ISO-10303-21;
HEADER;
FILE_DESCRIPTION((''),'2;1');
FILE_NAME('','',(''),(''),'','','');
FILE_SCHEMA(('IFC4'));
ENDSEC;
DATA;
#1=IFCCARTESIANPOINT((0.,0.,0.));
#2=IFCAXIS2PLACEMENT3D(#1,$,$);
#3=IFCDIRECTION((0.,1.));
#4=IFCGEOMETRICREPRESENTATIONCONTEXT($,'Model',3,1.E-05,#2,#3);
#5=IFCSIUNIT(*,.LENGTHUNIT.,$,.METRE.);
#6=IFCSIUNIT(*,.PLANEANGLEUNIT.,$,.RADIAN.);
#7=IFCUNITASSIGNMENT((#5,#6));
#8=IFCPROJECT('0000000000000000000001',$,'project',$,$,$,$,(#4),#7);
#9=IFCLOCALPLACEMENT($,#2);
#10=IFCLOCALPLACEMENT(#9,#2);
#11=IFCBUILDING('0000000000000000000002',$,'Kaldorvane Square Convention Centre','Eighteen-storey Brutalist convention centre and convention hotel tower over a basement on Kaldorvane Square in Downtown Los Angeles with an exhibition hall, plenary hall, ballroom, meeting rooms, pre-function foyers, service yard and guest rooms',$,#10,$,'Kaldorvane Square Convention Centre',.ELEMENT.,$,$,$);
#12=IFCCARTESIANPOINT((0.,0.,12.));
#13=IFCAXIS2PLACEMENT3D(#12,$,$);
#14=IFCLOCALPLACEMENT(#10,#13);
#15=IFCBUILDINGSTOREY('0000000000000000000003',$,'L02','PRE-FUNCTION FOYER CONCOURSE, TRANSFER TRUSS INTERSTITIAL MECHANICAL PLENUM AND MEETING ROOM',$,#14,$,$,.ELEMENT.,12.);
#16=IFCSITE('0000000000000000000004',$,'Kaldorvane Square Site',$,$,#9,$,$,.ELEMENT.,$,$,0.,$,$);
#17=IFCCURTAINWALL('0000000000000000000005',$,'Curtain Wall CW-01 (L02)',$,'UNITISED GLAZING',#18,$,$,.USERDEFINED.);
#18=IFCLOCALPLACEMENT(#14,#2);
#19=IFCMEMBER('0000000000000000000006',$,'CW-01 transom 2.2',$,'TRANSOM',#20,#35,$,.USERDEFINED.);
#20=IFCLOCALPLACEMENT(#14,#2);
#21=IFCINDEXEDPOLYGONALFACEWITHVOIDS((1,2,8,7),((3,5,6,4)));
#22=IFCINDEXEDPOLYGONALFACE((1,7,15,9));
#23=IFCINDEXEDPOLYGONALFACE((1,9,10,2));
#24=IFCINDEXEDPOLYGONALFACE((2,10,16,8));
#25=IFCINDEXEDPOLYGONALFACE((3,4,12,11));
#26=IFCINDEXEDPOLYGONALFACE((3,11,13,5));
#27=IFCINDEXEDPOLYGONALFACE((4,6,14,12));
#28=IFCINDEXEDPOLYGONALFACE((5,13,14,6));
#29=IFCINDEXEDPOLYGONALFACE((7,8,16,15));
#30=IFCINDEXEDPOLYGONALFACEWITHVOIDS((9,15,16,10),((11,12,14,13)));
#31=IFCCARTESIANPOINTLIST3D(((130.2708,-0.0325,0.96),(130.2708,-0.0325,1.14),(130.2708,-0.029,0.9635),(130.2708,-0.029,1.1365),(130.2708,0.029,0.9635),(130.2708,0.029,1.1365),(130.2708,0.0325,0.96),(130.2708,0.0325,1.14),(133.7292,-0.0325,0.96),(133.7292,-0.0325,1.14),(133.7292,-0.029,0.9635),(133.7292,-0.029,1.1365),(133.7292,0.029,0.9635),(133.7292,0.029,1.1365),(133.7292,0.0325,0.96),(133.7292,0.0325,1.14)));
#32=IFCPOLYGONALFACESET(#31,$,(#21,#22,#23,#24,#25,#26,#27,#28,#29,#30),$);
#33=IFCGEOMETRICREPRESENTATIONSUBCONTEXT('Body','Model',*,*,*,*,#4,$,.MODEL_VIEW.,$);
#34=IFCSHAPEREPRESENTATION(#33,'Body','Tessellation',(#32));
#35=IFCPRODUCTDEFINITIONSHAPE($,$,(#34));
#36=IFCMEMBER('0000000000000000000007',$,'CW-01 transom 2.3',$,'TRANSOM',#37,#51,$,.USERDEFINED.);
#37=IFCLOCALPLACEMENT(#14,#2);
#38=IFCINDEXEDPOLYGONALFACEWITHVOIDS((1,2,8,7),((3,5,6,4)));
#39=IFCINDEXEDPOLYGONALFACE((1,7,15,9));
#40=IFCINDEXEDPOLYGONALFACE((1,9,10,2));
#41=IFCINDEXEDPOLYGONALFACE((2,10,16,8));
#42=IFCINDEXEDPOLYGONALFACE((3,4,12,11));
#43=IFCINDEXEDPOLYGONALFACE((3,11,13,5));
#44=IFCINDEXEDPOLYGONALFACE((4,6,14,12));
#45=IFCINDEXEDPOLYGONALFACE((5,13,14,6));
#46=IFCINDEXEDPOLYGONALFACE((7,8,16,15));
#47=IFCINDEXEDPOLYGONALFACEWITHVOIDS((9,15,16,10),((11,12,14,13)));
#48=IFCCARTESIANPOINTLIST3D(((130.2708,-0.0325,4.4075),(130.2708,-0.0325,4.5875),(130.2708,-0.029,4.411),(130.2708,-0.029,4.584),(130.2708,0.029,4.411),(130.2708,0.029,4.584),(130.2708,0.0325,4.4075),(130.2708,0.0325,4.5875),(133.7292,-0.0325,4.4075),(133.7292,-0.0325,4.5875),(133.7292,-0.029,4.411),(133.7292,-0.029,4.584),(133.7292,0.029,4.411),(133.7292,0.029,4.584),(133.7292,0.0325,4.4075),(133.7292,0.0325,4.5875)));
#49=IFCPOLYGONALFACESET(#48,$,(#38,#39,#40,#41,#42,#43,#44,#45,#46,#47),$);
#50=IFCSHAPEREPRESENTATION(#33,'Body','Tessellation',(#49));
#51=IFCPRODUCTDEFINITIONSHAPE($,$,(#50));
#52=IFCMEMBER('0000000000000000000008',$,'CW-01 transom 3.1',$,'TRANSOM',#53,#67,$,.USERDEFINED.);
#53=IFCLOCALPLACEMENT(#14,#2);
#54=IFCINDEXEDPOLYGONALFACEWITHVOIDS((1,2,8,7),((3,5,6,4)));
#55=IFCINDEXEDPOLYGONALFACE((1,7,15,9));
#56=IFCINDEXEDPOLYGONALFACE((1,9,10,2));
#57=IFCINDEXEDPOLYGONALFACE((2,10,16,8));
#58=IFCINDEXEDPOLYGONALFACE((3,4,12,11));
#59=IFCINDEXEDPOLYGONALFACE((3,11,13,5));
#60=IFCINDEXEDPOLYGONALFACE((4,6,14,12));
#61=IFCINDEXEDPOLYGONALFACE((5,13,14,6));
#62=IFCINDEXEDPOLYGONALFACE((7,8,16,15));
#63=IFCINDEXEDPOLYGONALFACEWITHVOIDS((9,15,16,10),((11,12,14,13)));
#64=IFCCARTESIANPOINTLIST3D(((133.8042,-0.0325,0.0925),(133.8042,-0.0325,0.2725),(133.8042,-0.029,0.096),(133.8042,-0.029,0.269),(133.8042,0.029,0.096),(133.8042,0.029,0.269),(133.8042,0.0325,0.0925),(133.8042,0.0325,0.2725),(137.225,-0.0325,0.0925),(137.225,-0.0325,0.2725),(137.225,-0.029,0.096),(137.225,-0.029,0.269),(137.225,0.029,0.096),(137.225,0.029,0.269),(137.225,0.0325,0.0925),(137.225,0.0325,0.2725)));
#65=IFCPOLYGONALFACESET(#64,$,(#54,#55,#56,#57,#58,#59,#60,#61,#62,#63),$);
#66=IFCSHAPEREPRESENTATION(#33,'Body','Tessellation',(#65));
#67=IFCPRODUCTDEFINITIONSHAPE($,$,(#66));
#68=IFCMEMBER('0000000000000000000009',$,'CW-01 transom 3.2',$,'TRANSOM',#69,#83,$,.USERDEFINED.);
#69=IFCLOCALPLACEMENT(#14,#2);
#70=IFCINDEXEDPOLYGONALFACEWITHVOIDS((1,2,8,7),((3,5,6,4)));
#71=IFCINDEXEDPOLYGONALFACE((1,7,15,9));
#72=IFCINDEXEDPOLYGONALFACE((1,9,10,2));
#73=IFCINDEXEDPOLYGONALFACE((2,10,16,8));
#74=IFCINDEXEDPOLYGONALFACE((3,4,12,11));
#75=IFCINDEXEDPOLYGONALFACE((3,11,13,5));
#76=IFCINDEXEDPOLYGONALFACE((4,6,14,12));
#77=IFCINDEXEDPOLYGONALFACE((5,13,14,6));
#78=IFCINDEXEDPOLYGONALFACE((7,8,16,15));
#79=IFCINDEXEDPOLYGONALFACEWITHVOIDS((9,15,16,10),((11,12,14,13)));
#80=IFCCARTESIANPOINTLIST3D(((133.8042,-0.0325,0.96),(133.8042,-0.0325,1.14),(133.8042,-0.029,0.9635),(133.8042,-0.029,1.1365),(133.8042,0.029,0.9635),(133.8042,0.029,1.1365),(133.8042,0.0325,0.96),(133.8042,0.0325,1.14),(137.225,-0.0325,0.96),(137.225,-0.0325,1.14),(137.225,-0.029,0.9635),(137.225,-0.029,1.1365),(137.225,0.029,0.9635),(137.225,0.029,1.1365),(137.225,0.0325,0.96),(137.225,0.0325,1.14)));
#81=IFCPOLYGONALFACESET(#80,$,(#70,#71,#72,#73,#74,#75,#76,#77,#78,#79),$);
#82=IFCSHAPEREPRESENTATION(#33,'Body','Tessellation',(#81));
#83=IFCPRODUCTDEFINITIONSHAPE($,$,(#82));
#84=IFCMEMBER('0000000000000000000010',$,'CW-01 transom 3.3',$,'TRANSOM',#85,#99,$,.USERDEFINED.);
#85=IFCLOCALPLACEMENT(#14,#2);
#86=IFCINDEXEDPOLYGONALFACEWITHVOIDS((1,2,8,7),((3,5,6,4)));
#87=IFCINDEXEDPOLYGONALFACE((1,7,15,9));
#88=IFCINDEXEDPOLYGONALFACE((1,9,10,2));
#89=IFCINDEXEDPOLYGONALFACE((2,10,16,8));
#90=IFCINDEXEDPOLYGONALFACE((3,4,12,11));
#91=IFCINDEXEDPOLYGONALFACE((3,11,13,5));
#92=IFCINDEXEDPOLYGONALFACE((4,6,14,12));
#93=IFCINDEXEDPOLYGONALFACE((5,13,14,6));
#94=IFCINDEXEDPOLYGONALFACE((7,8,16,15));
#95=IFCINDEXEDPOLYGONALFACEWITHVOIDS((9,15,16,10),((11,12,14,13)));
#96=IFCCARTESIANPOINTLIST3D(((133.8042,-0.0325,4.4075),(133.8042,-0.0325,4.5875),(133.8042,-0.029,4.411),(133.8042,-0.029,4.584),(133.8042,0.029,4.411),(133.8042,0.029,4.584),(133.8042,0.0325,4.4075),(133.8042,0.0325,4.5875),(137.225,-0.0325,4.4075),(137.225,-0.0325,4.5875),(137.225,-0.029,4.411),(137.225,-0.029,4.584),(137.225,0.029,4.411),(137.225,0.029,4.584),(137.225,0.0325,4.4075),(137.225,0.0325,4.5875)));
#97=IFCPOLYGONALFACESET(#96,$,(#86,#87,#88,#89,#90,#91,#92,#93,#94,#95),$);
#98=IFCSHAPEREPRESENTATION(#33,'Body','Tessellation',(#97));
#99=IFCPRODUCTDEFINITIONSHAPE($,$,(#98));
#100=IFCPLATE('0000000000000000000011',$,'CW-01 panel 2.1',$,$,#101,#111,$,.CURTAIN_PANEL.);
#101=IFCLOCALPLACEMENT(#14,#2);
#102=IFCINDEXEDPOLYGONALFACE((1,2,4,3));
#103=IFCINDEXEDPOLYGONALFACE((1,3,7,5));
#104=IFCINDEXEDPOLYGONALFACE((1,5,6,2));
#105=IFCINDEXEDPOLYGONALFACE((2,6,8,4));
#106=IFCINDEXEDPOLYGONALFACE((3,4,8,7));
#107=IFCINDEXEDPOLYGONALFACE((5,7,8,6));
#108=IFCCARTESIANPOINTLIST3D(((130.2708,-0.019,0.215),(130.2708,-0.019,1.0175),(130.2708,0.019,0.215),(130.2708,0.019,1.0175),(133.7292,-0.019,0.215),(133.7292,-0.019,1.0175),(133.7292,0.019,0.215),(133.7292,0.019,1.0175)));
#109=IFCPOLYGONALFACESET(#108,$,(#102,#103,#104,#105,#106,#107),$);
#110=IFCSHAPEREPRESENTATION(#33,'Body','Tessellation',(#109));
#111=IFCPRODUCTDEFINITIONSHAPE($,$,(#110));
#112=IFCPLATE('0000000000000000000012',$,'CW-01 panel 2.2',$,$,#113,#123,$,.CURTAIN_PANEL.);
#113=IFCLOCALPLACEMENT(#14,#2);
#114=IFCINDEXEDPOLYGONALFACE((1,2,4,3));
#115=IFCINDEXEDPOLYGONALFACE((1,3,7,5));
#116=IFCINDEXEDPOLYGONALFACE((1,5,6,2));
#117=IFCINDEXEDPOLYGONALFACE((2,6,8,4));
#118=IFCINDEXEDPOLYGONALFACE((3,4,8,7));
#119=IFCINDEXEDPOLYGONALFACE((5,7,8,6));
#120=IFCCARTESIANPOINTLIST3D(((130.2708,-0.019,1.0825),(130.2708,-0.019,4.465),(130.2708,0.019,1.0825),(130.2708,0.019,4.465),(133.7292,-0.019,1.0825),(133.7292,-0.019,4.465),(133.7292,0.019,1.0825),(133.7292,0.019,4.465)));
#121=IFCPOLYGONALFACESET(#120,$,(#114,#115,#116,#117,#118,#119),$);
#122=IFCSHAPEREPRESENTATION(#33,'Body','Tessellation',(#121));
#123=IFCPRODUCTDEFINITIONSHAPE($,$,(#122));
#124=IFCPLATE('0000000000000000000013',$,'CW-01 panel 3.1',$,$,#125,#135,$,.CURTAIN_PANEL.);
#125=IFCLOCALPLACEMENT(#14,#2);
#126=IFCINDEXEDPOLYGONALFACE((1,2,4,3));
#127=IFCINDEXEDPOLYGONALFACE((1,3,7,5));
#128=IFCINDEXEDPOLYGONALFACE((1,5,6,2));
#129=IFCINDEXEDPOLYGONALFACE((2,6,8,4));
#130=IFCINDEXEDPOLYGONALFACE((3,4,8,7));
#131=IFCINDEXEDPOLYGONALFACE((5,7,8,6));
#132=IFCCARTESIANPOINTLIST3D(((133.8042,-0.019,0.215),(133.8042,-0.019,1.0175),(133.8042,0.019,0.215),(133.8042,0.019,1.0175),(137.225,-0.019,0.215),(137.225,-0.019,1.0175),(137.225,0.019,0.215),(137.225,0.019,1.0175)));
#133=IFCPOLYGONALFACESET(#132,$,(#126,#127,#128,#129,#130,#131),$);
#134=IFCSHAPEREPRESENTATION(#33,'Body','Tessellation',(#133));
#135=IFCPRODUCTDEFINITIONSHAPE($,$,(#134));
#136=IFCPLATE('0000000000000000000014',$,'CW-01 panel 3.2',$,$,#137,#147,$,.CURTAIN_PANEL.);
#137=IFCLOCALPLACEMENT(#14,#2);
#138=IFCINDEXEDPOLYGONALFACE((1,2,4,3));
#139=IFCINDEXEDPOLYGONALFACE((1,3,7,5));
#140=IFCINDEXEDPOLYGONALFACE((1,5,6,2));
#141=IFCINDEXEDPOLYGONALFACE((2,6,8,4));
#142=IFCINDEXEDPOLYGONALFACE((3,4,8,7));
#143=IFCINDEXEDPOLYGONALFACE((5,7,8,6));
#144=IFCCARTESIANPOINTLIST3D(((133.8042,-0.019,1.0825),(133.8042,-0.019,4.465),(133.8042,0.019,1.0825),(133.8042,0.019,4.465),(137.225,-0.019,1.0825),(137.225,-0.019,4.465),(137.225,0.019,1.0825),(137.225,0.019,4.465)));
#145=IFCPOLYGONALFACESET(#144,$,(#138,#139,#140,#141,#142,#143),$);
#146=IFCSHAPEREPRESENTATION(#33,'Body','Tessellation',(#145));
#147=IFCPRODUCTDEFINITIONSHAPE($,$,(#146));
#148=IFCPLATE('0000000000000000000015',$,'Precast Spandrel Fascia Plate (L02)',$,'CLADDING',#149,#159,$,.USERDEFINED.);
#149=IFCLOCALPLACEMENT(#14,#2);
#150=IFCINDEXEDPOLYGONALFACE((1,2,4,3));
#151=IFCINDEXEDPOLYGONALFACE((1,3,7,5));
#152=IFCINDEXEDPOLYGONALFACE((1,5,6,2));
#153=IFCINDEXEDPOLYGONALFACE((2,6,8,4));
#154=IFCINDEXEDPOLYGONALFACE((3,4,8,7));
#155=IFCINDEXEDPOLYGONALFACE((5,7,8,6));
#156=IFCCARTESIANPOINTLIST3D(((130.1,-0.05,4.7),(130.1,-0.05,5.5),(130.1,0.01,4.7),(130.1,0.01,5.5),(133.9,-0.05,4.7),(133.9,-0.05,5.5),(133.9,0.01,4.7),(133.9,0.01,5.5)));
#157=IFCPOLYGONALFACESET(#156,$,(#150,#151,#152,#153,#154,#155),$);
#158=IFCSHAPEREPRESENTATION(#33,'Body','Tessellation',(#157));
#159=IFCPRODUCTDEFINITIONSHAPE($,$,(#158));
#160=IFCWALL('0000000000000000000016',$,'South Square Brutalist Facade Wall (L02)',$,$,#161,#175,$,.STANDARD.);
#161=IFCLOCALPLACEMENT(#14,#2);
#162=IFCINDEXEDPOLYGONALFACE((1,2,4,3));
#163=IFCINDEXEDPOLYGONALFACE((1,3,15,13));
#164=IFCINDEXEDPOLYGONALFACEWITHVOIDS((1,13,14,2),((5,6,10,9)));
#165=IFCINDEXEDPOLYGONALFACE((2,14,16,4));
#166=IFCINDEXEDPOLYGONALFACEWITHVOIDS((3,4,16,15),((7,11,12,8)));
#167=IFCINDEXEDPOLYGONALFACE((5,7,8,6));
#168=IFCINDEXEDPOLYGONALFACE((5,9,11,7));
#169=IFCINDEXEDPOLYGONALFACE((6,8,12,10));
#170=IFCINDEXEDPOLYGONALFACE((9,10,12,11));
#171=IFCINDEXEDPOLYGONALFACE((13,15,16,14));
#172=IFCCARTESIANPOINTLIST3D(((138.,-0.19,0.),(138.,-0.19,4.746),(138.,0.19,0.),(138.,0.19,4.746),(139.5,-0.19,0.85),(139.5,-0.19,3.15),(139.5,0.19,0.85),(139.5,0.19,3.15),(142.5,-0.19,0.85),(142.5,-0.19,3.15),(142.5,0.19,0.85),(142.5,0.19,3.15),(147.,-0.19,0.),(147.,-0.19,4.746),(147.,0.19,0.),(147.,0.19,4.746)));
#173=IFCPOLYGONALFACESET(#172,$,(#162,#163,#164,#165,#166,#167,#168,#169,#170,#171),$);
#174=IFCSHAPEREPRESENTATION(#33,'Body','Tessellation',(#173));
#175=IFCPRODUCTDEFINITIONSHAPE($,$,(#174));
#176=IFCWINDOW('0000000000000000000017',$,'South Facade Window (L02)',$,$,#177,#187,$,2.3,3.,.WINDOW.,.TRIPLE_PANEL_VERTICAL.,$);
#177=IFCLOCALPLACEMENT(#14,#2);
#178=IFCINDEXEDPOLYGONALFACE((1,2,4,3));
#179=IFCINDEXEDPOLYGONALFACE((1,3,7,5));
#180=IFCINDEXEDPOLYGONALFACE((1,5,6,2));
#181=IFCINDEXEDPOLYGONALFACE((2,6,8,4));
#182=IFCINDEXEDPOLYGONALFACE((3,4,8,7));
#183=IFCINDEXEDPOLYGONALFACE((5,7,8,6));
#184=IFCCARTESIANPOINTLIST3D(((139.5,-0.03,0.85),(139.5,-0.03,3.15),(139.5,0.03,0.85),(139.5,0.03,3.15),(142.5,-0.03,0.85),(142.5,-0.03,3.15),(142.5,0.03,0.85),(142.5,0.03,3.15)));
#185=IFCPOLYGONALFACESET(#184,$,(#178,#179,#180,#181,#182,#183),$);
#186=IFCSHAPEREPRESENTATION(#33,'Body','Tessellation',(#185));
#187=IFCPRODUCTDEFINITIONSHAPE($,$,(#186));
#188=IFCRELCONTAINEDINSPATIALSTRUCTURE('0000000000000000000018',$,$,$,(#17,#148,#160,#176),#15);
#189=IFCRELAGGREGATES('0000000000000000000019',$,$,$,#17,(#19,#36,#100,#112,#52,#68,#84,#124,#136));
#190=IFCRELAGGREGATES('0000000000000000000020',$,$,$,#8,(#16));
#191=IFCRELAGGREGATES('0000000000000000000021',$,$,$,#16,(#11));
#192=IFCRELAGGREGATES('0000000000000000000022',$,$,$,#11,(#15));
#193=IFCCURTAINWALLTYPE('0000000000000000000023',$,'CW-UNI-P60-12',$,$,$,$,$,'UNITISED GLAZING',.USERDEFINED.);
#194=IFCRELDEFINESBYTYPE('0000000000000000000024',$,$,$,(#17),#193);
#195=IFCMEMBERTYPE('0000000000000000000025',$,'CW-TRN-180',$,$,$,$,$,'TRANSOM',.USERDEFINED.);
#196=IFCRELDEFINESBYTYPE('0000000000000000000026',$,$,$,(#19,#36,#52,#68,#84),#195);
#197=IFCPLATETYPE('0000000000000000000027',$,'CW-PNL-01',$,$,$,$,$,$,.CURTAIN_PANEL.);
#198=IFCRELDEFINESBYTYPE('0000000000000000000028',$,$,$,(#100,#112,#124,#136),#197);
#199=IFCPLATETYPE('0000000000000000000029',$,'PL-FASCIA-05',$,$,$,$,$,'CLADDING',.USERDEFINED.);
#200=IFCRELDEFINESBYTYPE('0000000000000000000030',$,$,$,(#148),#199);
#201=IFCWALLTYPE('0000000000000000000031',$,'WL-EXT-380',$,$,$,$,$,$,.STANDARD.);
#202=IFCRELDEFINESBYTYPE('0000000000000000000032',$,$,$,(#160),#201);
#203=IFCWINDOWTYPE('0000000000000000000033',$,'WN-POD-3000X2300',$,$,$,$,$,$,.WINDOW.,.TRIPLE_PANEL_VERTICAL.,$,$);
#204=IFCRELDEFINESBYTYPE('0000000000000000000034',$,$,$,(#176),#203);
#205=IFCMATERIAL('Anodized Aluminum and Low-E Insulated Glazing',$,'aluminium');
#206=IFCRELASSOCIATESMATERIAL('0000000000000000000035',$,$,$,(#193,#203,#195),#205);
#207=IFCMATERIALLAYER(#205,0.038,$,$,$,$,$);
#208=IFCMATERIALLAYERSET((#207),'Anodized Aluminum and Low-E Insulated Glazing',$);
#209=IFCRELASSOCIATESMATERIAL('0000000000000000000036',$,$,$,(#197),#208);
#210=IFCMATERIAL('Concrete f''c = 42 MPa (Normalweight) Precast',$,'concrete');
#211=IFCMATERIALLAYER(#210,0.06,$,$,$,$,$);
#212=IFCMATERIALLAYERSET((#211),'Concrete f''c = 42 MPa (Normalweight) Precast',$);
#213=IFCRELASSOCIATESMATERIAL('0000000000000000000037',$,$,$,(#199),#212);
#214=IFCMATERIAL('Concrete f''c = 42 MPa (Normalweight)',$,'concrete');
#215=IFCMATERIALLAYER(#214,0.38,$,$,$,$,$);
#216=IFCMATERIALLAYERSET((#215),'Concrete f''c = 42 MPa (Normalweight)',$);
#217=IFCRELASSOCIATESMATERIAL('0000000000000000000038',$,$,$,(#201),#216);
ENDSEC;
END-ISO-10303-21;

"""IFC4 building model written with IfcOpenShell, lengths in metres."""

from ifc_helpers import new_model, si_unit, direction, frame, frame_2d, origin, origin_2d, place, context, subcontext, project, spatial, rectangle, hollow_rectangle, extrude, material, layer, layer_set, material_profile, profile_set, type_object, element, fill, aggregate, save


model = new_model("IFC4")

# Units and contexts
model_context = context("Model", 3, precision=1e-05, world=origin(), true_north=direction((0.0, 1.0)))
body_context = subcontext(model_context, "Body", "Model", "MODEL_VIEW")
ifc_project = project(units=[si_unit("LENGTHUNIT", "METRE"), si_unit("PLANEANGLEUNIT", "RADIAN")], contexts=[model_context])

# Site, building, storey
site_placement = place(None, origin())
site = spatial("IfcSite", under=ifc_project, at=site_placement, Name="Kaldorvane Square Site", CompositionType="ELEMENT", RefElevation=0.0)
building_placement = place(site_placement, origin())
building = spatial("IfcBuilding", under=site, at=building_placement, Name="Kaldorvane Square Convention Centre", Description="Eighteen-storey Brutalist convention centre and convention hotel tower over a basement on Kaldorvane Square in Downtown Los Angeles with an exhibition hall, plenary hall, ballroom, meeting rooms, pre-function foyers, service yard and guest rooms", LongName="Kaldorvane Square Convention Centre", CompositionType="ELEMENT")
storey_placement = place(building_placement, frame((0.0, 0.0, 12.0)))
storey = spatial("IfcBuildingStorey", under=building, at=storey_placement, Name="L02", Description="PRE-FUNCTION FOYER CONCOURSE, TRANSFER TRUSS INTERSTITIAL MECHANICAL PLENUM AND MEETING ROOM", CompositionType="ELEMENT", Elevation=12.0)

# Shared definitions
ifc_material_1 = material(Name="Concrete f'c = 42 MPa (Normalweight)", Category="concrete")

# Curtain wall, members, plates
ifc_material_2 = material(Name="Anodized Aluminum and Low-E Insulated Glazing", Category="aluminium")
curtain_wall_type = type_object("IfcCurtainWallType", Name="CW-UNI-P60-12", ElementType="UNITISED GLAZING", PredefinedType="USERDEFINED", material=ifc_material_2)
curtain_wall_placement = place(storey_placement, origin())
curtain_wall = element("IfcCurtainWall", 1, at=curtain_wall_placement, inside=storey, type_object=curtain_wall_type, Name="Curtain Wall CW-01 (L02)", ObjectType="UNITISED GLAZING", PredefinedType="USERDEFINED")
ifc_material_profile_1 = material_profile(ifc_material_2, hollow_rectangle(XDim=0.065, YDim=0.18, WallThickness=0.0035, at=origin_2d()), Name="CWT-180X65")
ifc_profile_set_1 = profile_set([ifc_material_profile_1], Name="Anodized Aluminum and Low-E Insulated Glazing")
member_type_1 = type_object("IfcMemberType", Name="CW-TRN-180", ElementType="TRANSOM", PredefinedType="USERDEFINED", material=ifc_profile_set_1)
member_1_placement = place(storey_placement, frame((130.2708, 0.0, 1.05), z_axis=(1.0, 0.0, 0.0), x_axis=(0.0, 1.0, 0.0)))
member_1 = element("IfcMember", 2, at=member_1_placement, type_object=member_type_1, Name="CW-01 transom 2.2", ObjectType="TRANSOM", PredefinedType="USERDEFINED", context=body_context, shape_type="SweptSolid", body=[
    extrude(hollow_rectangle(XDim=0.065, YDim=0.18, WallThickness=0.0035, at=origin_2d()), origin(), (0.0, 0.0, 1.0), 3.4583),
])
member_2_placement = place(storey_placement, frame((130.2708, 0.0, 4.4975), z_axis=(1.0, 0.0, 0.0), x_axis=(0.0, 1.0, 0.0)))
member_2 = element("IfcMember", 3, at=member_2_placement, type_object=member_type_1, Name="CW-01 transom 2.3", ObjectType="TRANSOM", PredefinedType="USERDEFINED", context=body_context, shape_type="SweptSolid", body=[
    extrude(hollow_rectangle(XDim=0.065, YDim=0.18, WallThickness=0.0035, at=origin_2d()), origin(), (0.0, 0.0, 1.0), 3.4583),
])
member_3_placement = place(storey_placement, frame((133.8042, 0.0, 0.1825), z_axis=(1.0, 0.0, 0.0), x_axis=(0.0, 1.0, 0.0)))
member_3 = element("IfcMember", 4, at=member_3_placement, type_object=member_type_1, Name="CW-01 transom 3.1", ObjectType="TRANSOM", PredefinedType="USERDEFINED", context=body_context, shape_type="SweptSolid", body=[
    extrude(hollow_rectangle(XDim=0.065, YDim=0.18, WallThickness=0.0035, at=origin_2d()), origin(), (0.0, 0.0, 1.0), 3.4208),
])
member_4_placement = place(storey_placement, frame((133.8042, 0.0, 1.05), z_axis=(1.0, 0.0, 0.0), x_axis=(0.0, 1.0, 0.0)))
member_4 = element("IfcMember", 5, at=member_4_placement, type_object=member_type_1, Name="CW-01 transom 3.2", ObjectType="TRANSOM", PredefinedType="USERDEFINED", context=body_context, shape_type="SweptSolid", body=[
    extrude(hollow_rectangle(XDim=0.065, YDim=0.18, WallThickness=0.0035, at=origin_2d()), origin(), (0.0, 0.0, 1.0), 3.4208),
])
member_5_placement = place(storey_placement, frame((133.8042, 0.0, 4.4975), z_axis=(1.0, 0.0, 0.0), x_axis=(0.0, 1.0, 0.0)))
member_5 = element("IfcMember", 6, at=member_5_placement, type_object=member_type_1, Name="CW-01 transom 3.3", ObjectType="TRANSOM", PredefinedType="USERDEFINED", context=body_context, shape_type="SweptSolid", body=[
    extrude(hollow_rectangle(XDim=0.065, YDim=0.18, WallThickness=0.0035, at=origin_2d()), origin(), (0.0, 0.0, 1.0), 3.4208),
])
ifc_layer_1 = layer(ifc_material_2, 0.038)
ifc_layer_set_1 = layer_set([ifc_layer_1], Name="Anodized Aluminum and Low-E Insulated Glazing")
plate_type_1 = type_object("IfcPlateType", Name="CW-PNL-01", PredefinedType="CURTAIN_PANEL", material=ifc_layer_set_1)
plate_1_placement = place(storey_placement, frame((132.0, 0.0, 0.215), z_axis=(0.0, 0.0, 1.0), x_axis=(1.0, 0.0, 0.0)))
plate_1 = element("IfcPlate", 7, at=plate_1_placement, type_object=plate_type_1, Name="CW-01 panel 2.1", PredefinedType="CURTAIN_PANEL", context=body_context, shape_type="SweptSolid", body=[
    extrude(rectangle(XDim=3.4583, YDim=0.038, at=origin_2d()), origin(), (0.0, 0.0, 1.0), 0.8025),
])
plate_2_placement = place(storey_placement, frame((132.0, 0.0, 1.0825), z_axis=(0.0, 0.0, 1.0), x_axis=(1.0, 0.0, 0.0)))
plate_2 = element("IfcPlate", 8, at=plate_2_placement, type_object=plate_type_1, Name="CW-01 panel 2.2", PredefinedType="CURTAIN_PANEL", context=body_context, shape_type="SweptSolid", body=[
    extrude(rectangle(XDim=3.4583, YDim=0.038, at=origin_2d()), origin(), (0.0, 0.0, 1.0), 3.3825),
])
plate_3_placement = place(storey_placement, frame((135.5146, 0.0, 0.215), z_axis=(0.0, 0.0, 1.0), x_axis=(1.0, 0.0, 0.0)))
plate_3 = element("IfcPlate", 9, at=plate_3_placement, type_object=plate_type_1, Name="CW-01 panel 3.1", PredefinedType="CURTAIN_PANEL", context=body_context, shape_type="SweptSolid", body=[
    extrude(rectangle(XDim=3.4208, YDim=0.038, at=origin_2d()), origin(), (0.0, 0.0, 1.0), 0.8025),
])
plate_4_placement = place(storey_placement, frame((135.5146, 0.0, 1.0825), z_axis=(0.0, 0.0, 1.0), x_axis=(1.0, 0.0, 0.0)))
plate_4 = element("IfcPlate", 10, at=plate_4_placement, type_object=plate_type_1, Name="CW-01 panel 3.2", PredefinedType="CURTAIN_PANEL", context=body_context, shape_type="SweptSolid", body=[
    extrude(rectangle(XDim=3.4208, YDim=0.038, at=origin_2d()), origin(), (0.0, 0.0, 1.0), 3.3825),
])
aggregate(curtain_wall, [member_1, member_2, plate_1, plate_2, member_3, member_4, member_5, plate_3, plate_4])

# Plate
ifc_material_3 = material(Name="Concrete f'c = 42 MPa (Normalweight) Precast", Category="concrete")
ifc_layer_2 = layer(ifc_material_3, 0.06)
ifc_layer_set_2 = layer_set([ifc_layer_2], Name="Concrete f'c = 42 MPa (Normalweight) Precast")
plate_type_2 = type_object("IfcPlateType", Name="PL-FASCIA-05", ElementType="CLADDING", PredefinedType="USERDEFINED", material=ifc_layer_set_2)
plate_5_placement = place(storey_placement, frame((132.0, -0.02, 4.7), z_axis=(0.0, 0.0, 1.0), x_axis=(1.0, 0.0, 0.0)))
element("IfcPlate", 11, at=plate_5_placement, inside=storey, type_object=plate_type_2, Name="Precast Spandrel Fascia Plate (L02)", ObjectType="CLADDING", PredefinedType="USERDEFINED", context=body_context, shape_type="SweptSolid", body=[
    extrude(rectangle(XDim=3.8, YDim=0.06, at=origin_2d()), origin(), (0.0, 0.0, 1.0), 0.8),
])

# Wall, opening, window
ifc_layer_3 = layer(ifc_material_1, 0.38)
ifc_layer_set_3 = layer_set([ifc_layer_3], Name="Concrete f'c = 42 MPa (Normalweight)")
wall_type_1 = type_object("IfcWallType", Name="WL-EXT-380", PredefinedType="STANDARD", material=ifc_layer_set_3)
wall_1_placement = place(storey_placement, frame((138.0, 0.0, 0.0), z_axis=(0.0, 0.0, 1.0), x_axis=(1.0, 0.0, 0.0)))
wall_1 = element("IfcWall", 12, at=wall_1_placement, inside=storey, type_object=wall_type_1, Name="South Square Brutalist Facade Wall (L02)", PredefinedType="STANDARD", context=body_context, shape_type="SweptSolid", body=[
    extrude(rectangle(XDim=9.0, YDim=0.38, at=frame_2d((4.5, 0.0))), origin(), (0.0, 0.0, 1.0), 4.746),
])
opening_1_placement = place(wall_1_placement, frame((1.5, 0.0, 0.85)))
opening_1 = element("IfcOpeningElement", 13, at=opening_1_placement, cuts=wall_1, PredefinedType="OPENING", context=body_context, shape_type="SweptSolid", body=[
    extrude(rectangle(XDim=3.0, YDim=2.3, at=frame_2d((1.5, 1.15))), frame((0.0, 0.205, 0.0), z_axis=(0.0, -1.0, 0.0), x_axis=(1.0, 0.0, 0.0)), (0.0, 0.0, 1.0), 0.41),
])
window_type = type_object("IfcWindowType", Name="WN-POD-3000X2300", PartitioningType="TRIPLE_PANEL_VERTICAL", PredefinedType="WINDOW", material=ifc_material_2)
window_placement = place(opening_1_placement, origin())
window = element("IfcWindow", 14, at=window_placement, inside=storey, type_object=window_type, Name="South Facade Window (L02)", OverallHeight=2.3, OverallWidth=3.0, PartitioningType="TRIPLE_PANEL_VERTICAL", PredefinedType="WINDOW", context=body_context, shape_type="SweptSolid", body=[
    extrude(rectangle(XDim=3.0, YDim=2.3, at=frame_2d((1.5, 1.15))), frame((0.0, 0.03, 0.0), z_axis=(0.0, -1.0, 0.0), x_axis=(1.0, 0.0, 0.0)), (0.0, 0.0, 1.0), 0.06),
])
fill(opening_1, window)

save(model, "model.ifc")
